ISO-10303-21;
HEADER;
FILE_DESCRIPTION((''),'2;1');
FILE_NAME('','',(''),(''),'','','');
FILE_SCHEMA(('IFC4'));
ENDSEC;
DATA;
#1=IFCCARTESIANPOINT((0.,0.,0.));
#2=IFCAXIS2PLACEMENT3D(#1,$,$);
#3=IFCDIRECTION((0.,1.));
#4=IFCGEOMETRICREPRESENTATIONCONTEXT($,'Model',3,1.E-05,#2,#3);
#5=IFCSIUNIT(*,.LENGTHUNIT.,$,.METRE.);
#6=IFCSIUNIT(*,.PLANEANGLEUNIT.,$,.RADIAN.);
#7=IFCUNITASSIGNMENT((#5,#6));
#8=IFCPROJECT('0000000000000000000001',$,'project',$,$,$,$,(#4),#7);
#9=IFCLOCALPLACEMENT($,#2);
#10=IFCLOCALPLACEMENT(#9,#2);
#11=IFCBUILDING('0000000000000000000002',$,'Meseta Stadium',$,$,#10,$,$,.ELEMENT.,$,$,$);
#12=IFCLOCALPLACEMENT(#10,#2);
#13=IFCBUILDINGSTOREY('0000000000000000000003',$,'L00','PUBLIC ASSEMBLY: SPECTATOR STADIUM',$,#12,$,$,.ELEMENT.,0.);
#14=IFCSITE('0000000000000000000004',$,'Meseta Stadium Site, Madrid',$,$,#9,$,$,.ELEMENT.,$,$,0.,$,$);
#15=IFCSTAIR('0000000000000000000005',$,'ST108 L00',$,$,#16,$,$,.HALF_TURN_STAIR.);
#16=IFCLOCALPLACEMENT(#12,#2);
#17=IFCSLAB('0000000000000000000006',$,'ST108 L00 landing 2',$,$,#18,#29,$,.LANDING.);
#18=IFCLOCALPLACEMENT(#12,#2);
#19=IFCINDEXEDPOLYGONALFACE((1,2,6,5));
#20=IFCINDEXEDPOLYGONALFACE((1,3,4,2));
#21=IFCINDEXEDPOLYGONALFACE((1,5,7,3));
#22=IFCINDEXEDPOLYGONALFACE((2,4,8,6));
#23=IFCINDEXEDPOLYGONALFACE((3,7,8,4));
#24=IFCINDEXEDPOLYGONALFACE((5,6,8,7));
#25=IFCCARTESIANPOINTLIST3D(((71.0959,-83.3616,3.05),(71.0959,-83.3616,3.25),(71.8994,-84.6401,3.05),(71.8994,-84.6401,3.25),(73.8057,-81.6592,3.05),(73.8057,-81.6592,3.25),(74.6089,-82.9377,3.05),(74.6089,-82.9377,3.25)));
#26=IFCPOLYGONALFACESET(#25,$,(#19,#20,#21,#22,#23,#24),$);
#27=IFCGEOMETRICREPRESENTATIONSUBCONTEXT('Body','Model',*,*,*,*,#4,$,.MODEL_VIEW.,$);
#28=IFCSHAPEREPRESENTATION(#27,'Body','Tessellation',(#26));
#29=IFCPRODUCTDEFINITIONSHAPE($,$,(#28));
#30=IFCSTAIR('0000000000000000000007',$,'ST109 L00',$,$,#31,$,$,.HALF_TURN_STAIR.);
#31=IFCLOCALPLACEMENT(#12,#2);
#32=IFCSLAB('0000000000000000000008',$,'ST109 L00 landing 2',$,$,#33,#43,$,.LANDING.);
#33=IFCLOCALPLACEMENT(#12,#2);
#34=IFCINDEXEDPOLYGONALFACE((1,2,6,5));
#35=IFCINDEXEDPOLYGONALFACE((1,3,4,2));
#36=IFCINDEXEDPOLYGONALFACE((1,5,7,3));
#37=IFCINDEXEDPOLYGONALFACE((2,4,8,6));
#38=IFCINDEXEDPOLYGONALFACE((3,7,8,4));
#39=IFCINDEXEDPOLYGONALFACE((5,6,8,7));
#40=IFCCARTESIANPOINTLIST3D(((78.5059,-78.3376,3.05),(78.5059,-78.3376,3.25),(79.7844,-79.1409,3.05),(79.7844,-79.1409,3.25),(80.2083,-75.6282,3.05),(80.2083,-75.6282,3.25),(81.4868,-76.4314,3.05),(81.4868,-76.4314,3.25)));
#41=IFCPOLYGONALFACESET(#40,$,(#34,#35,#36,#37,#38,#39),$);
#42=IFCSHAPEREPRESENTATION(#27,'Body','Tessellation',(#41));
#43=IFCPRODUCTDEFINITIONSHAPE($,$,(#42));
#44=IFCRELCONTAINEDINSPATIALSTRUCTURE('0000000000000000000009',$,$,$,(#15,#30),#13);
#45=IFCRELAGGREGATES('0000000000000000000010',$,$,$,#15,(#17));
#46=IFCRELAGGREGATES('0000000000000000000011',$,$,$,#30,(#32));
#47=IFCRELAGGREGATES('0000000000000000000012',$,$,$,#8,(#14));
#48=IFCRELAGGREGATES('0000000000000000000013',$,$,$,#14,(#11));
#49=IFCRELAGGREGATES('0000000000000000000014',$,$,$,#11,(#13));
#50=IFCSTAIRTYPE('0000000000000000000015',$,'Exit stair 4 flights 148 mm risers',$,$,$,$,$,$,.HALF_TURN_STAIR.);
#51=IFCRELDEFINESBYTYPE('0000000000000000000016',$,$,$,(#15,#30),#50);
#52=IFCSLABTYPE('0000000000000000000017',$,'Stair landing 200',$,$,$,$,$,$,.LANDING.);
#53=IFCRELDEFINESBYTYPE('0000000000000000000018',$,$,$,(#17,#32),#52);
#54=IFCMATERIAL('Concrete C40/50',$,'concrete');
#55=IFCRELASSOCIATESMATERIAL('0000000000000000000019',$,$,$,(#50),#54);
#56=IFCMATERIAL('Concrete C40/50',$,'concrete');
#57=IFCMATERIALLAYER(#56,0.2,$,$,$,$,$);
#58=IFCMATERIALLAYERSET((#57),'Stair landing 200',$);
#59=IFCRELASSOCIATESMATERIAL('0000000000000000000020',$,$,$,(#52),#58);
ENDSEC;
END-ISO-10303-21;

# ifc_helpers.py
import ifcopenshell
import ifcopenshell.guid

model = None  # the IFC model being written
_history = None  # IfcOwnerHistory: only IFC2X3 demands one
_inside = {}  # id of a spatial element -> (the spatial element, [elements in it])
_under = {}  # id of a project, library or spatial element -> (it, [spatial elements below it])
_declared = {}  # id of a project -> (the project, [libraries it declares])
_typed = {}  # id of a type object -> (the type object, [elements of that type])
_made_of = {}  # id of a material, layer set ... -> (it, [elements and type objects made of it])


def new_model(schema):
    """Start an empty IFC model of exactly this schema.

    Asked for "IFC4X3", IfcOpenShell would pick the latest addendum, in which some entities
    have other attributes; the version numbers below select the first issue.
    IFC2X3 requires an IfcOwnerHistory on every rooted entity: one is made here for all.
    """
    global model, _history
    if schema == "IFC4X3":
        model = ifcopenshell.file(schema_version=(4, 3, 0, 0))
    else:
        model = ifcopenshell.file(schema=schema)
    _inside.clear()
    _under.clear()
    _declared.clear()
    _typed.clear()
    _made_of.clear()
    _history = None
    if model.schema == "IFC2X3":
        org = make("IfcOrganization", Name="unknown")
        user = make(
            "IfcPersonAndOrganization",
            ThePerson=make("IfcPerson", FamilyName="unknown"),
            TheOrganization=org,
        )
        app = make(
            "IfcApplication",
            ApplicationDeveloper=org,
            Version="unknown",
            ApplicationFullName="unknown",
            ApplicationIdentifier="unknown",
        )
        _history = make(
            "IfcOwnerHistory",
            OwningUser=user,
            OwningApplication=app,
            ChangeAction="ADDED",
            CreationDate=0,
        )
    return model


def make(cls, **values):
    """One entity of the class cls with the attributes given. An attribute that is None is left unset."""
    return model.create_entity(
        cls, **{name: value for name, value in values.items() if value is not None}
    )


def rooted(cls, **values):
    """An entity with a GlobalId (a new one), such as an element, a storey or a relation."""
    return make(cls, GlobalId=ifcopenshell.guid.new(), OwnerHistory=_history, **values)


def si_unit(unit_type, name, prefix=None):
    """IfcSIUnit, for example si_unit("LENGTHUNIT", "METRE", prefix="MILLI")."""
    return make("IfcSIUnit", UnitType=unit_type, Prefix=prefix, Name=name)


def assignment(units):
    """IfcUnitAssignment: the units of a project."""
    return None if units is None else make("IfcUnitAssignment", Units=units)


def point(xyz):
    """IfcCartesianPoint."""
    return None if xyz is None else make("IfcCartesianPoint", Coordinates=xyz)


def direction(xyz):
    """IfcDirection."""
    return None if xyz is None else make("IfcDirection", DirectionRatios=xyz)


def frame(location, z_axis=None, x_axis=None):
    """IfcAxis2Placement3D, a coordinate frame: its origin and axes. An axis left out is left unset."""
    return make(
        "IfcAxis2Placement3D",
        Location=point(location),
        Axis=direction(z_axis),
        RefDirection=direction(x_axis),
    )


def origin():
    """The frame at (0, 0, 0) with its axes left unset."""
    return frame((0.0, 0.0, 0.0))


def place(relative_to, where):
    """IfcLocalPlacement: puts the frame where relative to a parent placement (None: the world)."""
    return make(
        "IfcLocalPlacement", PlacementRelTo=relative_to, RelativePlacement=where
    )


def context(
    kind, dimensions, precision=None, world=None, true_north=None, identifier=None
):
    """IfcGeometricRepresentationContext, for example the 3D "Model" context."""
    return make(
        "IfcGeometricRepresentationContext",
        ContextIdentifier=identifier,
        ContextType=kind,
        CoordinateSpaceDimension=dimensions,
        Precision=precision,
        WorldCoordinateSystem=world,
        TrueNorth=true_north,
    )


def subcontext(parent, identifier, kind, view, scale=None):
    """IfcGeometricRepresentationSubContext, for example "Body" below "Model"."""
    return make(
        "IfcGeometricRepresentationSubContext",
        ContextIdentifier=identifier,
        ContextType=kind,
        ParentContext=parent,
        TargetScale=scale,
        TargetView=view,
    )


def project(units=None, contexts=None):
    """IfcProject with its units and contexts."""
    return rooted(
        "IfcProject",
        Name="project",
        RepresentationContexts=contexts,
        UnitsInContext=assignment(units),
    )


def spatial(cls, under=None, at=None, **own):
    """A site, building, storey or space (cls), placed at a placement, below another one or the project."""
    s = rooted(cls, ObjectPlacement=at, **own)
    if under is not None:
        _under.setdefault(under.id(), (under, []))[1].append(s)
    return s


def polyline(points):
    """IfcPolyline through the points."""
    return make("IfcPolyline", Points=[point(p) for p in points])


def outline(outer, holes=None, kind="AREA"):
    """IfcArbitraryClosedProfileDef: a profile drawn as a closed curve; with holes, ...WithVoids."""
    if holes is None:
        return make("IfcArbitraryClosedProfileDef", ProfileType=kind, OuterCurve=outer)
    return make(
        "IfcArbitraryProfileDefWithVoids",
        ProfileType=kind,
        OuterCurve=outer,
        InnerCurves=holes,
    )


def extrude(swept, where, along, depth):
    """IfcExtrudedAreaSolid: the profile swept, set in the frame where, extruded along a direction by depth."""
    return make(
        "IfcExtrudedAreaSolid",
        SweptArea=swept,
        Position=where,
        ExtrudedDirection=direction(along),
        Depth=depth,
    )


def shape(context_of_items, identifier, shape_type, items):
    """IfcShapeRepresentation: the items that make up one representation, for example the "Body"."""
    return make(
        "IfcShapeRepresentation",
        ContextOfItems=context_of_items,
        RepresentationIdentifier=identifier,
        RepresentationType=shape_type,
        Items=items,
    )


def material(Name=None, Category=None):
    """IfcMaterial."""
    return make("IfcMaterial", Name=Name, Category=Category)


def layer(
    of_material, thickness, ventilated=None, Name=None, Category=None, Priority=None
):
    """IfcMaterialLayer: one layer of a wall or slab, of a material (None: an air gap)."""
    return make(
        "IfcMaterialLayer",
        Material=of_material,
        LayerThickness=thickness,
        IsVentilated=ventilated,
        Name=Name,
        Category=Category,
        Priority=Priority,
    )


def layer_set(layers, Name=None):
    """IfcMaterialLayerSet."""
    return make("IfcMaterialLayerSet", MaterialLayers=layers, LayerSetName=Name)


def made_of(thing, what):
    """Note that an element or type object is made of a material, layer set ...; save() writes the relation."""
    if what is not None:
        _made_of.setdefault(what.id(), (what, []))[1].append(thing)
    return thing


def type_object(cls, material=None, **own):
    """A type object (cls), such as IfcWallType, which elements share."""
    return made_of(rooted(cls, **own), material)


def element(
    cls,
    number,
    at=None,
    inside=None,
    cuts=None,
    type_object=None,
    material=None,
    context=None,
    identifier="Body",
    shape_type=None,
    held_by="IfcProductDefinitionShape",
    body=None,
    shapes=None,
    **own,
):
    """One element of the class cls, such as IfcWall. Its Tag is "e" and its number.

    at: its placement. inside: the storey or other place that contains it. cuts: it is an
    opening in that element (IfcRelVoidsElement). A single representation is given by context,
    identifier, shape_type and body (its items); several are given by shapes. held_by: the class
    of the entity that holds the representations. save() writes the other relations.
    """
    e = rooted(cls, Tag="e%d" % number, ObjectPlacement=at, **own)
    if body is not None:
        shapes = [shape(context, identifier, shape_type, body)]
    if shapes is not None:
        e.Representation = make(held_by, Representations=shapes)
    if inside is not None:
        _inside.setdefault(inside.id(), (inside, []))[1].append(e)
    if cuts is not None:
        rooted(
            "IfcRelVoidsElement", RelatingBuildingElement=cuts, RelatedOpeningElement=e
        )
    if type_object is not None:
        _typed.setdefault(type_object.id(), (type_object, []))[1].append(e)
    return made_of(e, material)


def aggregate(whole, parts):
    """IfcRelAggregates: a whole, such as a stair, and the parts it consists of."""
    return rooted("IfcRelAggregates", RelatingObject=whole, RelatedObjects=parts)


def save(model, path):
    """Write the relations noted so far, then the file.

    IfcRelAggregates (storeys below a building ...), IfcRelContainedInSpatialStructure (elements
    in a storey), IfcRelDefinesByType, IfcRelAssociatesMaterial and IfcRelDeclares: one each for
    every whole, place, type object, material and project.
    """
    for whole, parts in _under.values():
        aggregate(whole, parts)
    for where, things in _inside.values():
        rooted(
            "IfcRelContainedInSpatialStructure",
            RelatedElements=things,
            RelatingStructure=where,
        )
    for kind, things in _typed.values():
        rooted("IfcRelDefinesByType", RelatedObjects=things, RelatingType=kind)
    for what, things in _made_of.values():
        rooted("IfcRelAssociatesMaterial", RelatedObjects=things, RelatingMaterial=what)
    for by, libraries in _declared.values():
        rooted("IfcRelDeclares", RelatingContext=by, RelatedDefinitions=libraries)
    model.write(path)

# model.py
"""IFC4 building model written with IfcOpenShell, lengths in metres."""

from ifc_helpers import new_model, si_unit, direction, frame, origin, place, context, subcontext, project, spatial, polyline, outline, extrude, material, layer, layer_set, type_object, element, aggregate, save


model = new_model("IFC4")

# Units and contexts
model_context = context("Model", 3, precision=1e-05, world=origin(), true_north=direction((0.0, 1.0)))
body_context = subcontext(model_context, "Body", "Model", "MODEL_VIEW")
ifc_project = project(units=[si_unit("LENGTHUNIT", "METRE"), si_unit("PLANEANGLEUNIT", "RADIAN")], contexts=[model_context])

# Site, building, storey
site_placement = place(None, origin())
site = spatial("IfcSite", under=ifc_project, at=site_placement, Name="Meseta Stadium Site, Madrid", CompositionType="ELEMENT", RefElevation=0.0)
building_placement = place(site_placement, origin())
building = spatial("IfcBuilding", under=site, at=building_placement, Name="Meseta Stadium", CompositionType="ELEMENT")
storey_placement = place(building_placement, origin())
storey = spatial("IfcBuildingStorey", under=building, at=storey_placement, Name="L00", Description="PUBLIC ASSEMBLY: SPECTATOR STADIUM", CompositionType="ELEMENT", Elevation=0.0)

# Stairs, slabs
ifc_material_1 = material(Name="Concrete C40/50", Category="concrete")
stair_type = type_object("IfcStairType", Name="Exit stair 4 flights 148 mm risers", PredefinedType="HALF_TURN_STAIR", material=ifc_material_1)
ifc_material_2 = material(Name="Concrete C40/50", Category="concrete")
ifc_layer = layer(ifc_material_2, 0.2)
ifc_layer_set = layer_set([ifc_layer], Name="Stair landing 200")
slab_type = type_object("IfcSlabType", Name="Stair landing 200", PredefinedType="LANDING", material=ifc_layer_set)
stair_1_placement = place(storey_placement, origin())
stair_1 = element("IfcStair", 1, at=stair_1_placement, inside=storey, type_object=stair_type, Name="ST108 L00", PredefinedType="HALF_TURN_STAIR")
slab_1_placement = place(storey_placement, frame((0.0, 0.0, 3.05)))
slab_1 = element("IfcSlab", 2, at=slab_1_placement, type_object=slab_type, Name="ST108 L00 landing 2", PredefinedType="LANDING", context=body_context, shape_type="SweptSolid", body=[
    extrude(outline(polyline([(71.0959, -83.3616), (71.8994, -84.6401), (74.6089, -82.9377), (73.8057, -81.6592), (71.0959, -83.3616)])), origin(), (0.0, 0.0, 1.0), 0.2),
])
aggregate(stair_1, [slab_1])
stair_2_placement = place(storey_placement, origin())
stair_2 = element("IfcStair", 3, at=stair_2_placement, inside=storey, type_object=stair_type, Name="ST109 L00", PredefinedType="HALF_TURN_STAIR")
slab_2_placement = place(storey_placement, frame((0.0, 0.0, 3.05)))
slab_2 = element("IfcSlab", 4, at=slab_2_placement, type_object=slab_type, Name="ST109 L00 landing 2", PredefinedType="LANDING", context=body_context, shape_type="SweptSolid", body=[
    extrude(outline(polyline([(78.5059, -78.3376), (79.7844, -79.1409), (81.4868, -76.4314), (80.2083, -75.6282), (78.5059, -78.3376)])), origin(), (0.0, 0.0, 1.0), 0.2),
])
aggregate(stair_2, [slab_2])

save(model, "model.ifc")
